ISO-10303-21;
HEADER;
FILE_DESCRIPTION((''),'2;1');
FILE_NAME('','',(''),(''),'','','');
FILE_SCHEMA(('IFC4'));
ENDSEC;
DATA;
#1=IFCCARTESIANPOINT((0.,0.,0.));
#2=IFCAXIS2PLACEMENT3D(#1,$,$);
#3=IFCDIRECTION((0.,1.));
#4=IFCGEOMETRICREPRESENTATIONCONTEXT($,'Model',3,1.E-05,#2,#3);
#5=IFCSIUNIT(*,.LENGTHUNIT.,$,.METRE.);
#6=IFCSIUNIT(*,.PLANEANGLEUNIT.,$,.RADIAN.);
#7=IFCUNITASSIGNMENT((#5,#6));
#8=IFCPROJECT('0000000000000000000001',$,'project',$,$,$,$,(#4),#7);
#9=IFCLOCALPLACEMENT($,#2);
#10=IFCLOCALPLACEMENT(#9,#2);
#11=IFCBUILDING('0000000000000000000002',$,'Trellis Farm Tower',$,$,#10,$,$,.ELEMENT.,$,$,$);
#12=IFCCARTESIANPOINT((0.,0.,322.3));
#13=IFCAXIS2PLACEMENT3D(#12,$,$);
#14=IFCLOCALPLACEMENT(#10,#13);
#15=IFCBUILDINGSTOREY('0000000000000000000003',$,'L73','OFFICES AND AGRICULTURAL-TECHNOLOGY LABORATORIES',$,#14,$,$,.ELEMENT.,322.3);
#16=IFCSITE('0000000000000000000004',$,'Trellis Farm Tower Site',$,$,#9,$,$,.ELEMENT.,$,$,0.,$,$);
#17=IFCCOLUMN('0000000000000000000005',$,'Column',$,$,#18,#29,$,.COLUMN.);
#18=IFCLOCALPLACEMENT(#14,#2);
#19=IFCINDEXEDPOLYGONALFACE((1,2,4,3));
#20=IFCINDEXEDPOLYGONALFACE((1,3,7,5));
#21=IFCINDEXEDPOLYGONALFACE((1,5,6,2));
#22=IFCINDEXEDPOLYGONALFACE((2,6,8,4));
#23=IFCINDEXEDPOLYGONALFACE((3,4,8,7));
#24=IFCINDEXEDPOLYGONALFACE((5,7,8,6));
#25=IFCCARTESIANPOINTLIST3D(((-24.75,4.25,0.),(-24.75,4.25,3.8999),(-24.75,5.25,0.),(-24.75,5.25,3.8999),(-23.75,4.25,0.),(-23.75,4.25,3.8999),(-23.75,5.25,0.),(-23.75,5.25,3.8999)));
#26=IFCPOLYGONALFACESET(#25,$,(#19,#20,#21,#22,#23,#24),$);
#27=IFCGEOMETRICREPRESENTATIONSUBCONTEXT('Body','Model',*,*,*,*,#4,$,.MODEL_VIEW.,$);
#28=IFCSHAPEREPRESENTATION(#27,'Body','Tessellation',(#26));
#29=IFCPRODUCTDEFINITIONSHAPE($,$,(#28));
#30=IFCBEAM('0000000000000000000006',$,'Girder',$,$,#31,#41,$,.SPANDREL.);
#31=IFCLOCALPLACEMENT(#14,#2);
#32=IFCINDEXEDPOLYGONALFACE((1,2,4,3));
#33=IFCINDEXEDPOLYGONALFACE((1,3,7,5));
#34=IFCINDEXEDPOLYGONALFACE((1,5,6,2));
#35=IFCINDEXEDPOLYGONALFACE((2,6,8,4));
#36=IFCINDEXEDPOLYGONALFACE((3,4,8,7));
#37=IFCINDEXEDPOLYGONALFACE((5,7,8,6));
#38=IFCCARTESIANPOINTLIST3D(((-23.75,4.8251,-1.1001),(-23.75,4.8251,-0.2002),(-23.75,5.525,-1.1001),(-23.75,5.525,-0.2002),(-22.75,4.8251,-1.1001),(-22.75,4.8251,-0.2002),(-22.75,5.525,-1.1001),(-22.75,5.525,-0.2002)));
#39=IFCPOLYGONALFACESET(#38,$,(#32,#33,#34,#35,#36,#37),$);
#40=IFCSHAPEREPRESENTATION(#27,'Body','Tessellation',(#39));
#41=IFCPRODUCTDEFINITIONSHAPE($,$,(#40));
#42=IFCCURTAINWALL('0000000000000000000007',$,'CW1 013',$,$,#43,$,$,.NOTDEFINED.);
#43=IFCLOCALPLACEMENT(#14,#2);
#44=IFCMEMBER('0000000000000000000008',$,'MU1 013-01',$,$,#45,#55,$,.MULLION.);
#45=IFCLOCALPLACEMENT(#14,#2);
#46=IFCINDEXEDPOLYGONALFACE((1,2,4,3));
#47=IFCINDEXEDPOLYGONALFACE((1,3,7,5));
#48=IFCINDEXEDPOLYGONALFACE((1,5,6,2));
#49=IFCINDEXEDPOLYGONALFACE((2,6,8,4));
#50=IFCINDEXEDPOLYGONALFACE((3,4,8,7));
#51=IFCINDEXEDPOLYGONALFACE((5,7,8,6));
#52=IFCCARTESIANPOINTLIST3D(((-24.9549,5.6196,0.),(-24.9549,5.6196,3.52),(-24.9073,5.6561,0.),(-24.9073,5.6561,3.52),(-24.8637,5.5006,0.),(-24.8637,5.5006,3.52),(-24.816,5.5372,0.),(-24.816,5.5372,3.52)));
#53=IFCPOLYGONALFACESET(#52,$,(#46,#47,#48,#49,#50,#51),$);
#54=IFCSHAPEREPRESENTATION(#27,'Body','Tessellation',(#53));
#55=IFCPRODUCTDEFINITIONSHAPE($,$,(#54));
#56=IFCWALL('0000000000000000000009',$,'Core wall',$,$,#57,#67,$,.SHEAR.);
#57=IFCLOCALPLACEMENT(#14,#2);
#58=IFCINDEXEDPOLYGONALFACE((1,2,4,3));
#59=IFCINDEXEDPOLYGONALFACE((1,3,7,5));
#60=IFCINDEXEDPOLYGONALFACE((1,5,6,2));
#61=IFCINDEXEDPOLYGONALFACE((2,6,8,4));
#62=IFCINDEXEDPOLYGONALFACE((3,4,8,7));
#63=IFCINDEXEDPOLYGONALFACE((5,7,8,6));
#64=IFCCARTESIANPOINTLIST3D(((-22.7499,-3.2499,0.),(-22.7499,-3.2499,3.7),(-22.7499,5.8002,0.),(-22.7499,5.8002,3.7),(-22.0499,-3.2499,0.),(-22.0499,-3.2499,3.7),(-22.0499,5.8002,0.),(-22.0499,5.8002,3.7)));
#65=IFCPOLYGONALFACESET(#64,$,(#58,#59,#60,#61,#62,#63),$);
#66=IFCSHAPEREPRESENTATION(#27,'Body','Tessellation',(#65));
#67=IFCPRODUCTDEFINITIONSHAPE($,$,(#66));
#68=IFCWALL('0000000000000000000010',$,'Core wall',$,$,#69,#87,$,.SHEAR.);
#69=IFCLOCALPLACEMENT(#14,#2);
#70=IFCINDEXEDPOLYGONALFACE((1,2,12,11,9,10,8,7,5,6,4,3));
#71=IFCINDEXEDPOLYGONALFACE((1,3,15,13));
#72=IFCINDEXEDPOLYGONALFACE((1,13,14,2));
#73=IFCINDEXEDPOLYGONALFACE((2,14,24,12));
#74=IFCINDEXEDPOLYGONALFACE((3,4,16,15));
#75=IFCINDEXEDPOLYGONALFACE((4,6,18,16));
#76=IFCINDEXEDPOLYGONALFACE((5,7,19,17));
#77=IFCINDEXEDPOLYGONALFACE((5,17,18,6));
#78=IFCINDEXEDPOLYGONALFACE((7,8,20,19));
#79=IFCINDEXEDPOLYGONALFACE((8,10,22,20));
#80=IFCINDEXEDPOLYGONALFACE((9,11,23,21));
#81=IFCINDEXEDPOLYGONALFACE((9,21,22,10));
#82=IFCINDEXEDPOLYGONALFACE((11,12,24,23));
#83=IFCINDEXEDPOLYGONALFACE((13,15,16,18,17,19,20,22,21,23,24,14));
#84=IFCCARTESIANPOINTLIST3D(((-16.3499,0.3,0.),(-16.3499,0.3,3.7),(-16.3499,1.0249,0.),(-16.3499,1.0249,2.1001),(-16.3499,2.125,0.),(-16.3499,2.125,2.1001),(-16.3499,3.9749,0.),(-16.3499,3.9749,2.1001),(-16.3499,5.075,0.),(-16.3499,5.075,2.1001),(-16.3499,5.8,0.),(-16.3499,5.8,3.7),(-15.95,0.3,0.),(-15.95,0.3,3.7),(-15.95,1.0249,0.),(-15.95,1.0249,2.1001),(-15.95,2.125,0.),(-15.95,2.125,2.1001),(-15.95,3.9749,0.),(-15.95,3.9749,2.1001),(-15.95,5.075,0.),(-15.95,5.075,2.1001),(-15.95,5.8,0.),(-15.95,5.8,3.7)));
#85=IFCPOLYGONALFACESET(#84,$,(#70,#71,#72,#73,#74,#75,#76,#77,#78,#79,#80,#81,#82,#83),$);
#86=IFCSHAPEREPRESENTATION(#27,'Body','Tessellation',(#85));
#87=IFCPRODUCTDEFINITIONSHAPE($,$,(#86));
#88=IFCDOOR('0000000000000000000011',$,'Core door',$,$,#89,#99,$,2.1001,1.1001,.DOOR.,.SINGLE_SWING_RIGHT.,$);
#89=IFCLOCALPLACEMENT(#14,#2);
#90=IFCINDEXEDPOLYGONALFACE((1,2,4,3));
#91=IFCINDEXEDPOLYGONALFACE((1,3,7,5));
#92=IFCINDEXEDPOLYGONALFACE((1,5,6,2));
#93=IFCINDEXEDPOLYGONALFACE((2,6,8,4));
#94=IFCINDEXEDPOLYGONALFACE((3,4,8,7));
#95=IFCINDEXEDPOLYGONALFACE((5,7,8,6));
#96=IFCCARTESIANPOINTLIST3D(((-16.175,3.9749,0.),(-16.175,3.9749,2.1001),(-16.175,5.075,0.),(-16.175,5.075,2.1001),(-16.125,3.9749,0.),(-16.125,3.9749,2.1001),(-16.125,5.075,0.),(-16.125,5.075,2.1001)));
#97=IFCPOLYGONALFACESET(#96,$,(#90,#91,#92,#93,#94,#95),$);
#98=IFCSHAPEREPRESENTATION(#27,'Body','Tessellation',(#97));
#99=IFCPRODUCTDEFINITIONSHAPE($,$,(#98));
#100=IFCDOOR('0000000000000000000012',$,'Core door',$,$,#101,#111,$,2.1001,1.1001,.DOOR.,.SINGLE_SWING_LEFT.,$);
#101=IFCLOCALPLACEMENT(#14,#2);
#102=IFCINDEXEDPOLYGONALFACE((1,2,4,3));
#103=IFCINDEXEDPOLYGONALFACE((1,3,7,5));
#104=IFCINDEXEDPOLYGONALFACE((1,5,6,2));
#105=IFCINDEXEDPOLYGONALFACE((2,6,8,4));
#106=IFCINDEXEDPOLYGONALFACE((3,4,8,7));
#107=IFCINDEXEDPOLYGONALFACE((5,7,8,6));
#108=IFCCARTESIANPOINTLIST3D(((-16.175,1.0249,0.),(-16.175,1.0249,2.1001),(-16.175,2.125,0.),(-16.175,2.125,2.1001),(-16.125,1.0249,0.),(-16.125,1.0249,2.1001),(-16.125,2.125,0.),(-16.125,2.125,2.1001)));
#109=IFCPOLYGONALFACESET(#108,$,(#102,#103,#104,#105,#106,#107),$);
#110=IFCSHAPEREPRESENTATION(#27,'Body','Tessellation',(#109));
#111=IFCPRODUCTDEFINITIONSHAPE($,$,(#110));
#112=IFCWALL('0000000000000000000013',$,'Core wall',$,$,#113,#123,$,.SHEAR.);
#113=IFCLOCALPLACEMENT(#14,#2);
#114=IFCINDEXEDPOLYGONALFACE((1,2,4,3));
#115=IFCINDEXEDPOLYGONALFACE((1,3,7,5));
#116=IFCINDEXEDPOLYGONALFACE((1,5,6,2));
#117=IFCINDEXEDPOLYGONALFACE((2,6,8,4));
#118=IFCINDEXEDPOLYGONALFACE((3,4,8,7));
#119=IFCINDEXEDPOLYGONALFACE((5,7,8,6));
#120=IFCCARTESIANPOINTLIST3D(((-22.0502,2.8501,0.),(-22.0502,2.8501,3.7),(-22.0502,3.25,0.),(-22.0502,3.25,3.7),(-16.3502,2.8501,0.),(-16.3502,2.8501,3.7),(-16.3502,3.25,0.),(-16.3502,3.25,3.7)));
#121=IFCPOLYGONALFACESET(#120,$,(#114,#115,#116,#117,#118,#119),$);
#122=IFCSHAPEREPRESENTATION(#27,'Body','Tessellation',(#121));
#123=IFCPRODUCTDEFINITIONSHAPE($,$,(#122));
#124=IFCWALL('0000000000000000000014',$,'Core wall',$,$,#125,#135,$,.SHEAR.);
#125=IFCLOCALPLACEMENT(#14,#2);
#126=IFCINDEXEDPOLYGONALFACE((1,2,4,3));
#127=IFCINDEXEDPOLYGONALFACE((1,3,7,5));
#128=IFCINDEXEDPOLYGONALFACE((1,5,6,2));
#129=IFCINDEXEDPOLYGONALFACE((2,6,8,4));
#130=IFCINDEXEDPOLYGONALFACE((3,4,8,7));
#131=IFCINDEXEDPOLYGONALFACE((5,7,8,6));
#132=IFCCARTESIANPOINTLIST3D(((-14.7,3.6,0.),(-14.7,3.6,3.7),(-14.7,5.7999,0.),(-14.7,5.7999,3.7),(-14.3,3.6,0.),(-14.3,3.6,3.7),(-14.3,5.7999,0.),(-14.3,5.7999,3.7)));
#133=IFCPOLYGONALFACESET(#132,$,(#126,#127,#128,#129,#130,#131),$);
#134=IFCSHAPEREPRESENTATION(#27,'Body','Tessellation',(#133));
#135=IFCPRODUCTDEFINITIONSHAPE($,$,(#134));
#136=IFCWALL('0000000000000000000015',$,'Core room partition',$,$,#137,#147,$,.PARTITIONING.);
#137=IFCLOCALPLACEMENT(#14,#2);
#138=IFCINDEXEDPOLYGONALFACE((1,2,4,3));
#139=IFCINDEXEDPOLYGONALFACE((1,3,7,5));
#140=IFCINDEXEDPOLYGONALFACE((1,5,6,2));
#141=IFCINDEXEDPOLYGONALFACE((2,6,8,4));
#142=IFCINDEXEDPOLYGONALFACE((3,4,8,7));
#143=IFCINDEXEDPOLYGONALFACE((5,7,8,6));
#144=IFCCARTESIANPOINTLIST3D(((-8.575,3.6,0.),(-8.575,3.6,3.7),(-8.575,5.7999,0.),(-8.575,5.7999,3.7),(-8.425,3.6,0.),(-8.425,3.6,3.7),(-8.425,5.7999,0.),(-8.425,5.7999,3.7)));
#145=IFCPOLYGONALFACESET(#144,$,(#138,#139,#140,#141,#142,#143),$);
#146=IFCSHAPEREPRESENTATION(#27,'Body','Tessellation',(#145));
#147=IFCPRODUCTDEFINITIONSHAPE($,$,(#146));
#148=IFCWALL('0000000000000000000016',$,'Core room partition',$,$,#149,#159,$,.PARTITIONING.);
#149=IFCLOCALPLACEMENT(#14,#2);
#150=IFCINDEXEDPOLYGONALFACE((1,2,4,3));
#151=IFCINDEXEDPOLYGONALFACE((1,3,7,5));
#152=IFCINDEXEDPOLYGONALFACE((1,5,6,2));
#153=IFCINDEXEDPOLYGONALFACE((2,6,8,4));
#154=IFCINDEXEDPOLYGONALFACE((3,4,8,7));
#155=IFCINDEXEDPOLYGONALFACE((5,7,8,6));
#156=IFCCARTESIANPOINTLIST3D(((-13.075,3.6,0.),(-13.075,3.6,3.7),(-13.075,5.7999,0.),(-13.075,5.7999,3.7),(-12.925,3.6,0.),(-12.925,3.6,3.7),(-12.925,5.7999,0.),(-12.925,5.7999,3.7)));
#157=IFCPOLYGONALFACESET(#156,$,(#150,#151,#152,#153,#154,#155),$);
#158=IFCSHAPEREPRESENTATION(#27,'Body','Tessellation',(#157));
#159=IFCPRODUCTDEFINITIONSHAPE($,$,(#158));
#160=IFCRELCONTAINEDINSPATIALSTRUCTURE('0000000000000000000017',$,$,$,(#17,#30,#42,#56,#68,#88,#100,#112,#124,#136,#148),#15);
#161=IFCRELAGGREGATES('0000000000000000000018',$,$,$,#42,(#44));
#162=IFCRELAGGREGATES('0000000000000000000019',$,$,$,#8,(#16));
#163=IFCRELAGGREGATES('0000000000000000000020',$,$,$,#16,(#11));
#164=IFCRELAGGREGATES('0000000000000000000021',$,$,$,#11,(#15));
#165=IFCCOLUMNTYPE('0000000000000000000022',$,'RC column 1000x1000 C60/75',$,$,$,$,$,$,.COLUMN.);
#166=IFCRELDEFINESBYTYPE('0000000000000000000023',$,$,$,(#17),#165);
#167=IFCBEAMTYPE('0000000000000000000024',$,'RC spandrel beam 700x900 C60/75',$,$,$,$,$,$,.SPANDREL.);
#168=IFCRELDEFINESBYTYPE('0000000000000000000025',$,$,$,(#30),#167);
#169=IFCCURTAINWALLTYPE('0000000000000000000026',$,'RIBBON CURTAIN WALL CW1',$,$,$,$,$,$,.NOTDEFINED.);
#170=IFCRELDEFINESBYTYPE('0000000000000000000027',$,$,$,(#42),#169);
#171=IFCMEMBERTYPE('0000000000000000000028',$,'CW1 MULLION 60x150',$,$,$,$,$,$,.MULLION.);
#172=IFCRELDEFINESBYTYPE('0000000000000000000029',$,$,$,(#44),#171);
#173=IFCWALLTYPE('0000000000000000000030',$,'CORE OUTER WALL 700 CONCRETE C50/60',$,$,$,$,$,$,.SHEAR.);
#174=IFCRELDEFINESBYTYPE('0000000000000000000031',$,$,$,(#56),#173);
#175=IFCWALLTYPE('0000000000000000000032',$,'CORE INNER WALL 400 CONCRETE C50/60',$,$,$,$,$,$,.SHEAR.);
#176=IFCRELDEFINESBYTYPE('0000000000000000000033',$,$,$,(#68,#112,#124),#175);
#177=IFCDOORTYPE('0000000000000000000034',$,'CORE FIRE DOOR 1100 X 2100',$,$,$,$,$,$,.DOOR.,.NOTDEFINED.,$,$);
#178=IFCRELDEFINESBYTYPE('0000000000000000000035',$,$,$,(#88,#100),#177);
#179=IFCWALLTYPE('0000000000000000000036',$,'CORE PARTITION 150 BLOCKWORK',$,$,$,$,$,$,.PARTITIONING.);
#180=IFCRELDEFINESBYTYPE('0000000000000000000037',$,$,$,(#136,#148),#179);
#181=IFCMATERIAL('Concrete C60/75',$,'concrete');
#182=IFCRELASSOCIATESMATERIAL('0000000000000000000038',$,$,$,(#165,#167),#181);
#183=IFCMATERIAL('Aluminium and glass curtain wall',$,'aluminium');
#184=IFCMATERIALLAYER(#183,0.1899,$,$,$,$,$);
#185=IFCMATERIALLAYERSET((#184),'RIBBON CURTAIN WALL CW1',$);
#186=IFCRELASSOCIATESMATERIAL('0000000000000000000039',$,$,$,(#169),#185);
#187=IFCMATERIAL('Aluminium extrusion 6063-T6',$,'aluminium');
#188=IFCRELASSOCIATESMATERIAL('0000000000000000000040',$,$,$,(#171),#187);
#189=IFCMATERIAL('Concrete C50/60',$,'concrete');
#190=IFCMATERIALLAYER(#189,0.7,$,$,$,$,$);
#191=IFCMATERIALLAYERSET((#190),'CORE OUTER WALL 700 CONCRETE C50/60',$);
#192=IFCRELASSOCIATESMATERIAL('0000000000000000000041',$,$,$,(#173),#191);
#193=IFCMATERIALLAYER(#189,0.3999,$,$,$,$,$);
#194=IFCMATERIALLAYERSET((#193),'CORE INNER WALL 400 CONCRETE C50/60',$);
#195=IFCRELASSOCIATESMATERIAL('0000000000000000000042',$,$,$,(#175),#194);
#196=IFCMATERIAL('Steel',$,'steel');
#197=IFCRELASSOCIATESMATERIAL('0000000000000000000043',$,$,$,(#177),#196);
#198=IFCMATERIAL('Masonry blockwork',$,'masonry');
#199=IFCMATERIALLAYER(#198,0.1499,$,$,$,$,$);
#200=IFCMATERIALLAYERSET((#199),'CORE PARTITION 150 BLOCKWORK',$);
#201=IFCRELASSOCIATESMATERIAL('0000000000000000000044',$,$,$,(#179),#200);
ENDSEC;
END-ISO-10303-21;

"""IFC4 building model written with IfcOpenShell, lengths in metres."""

from ifc_helpers import new_model, si_unit, direction, frame, frame_2d, origin, origin_2d, place, context, subcontext, project, spatial, rectangle, extrude, source, transform, mapped, material, layer, layer_set, material_profile, profile_set, type_object, element, fill, aggregate, save


model = new_model("IFC4")

# Units and contexts
model_context = context("Model", 3, precision=1e-05, world=origin(), true_north=direction((0.0, 1.0)))
body_context = subcontext(model_context, "Body", "Model", "MODEL_VIEW")
ifc_project = project(units=[si_unit("LENGTHUNIT", "METRE"), si_unit("PLANEANGLEUNIT", "RADIAN")], contexts=[model_context])

# Site, building, storey
site_placement = place(None, origin())
site = spatial("IfcSite", under=ifc_project, at=site_placement, Name="Trellis Farm Tower Site", CompositionType="ELEMENT", RefElevation=0.0)
building_placement = place(site_placement, origin())
building = spatial("IfcBuilding", under=site, at=building_placement, Name="Trellis Farm Tower", CompositionType="ELEMENT")
storey_placement = place(building_placement, frame((0.0, 0.0, 322.3)))
storey = spatial("IfcBuildingStorey", under=building, at=storey_placement, Name="L73", Description="OFFICES AND AGRICULTURAL-TECHNOLOGY LABORATORIES", CompositionType="ELEMENT", Elevation=322.3)

# Column
ifc_material_1 = material(Name="Concrete C60/75", Category="concrete")
ifc_material_profile_1 = material_profile(ifc_material_1, rectangle(XDim=1.0, YDim=1.0, at=origin_2d()), Name="RC column 1000x1000 C60/75")
ifc_profile_set_1 = profile_set([ifc_material_profile_1], Name="Concrete C60/75")
column_type = type_object("IfcColumnType", Name="RC column 1000x1000 C60/75", PredefinedType="COLUMN", material=ifc_profile_set_1)
shared_shape_1 = source(origin(), body_context, "Body", "SweptSolid", [
    extrude(rectangle(XDim=1.0, YDim=1.0, at=origin_2d()), origin(), (0.0, 0.0, 1.0), 3.8999),
])
column_placement = place(storey_placement, frame((-24.25, 4.75, 0.0), z_axis=(0.0, 0.0, 1.0), x_axis=(1.0, 0.0, 0.0)))
element("IfcColumn", 1, at=column_placement, inside=storey, type_object=column_type, Name="Column", PredefinedType="COLUMN", context=body_context, shape_type="MappedRepresentation", body=[
    mapped(shared_shape_1, transform((0.0, 0.0, 0.0))),
])

# Beam
ifc_material_profile_2 = material_profile(ifc_material_1, rectangle(XDim=0.7, YDim=0.8999, at=origin_2d()), Name="RC spandrel beam 700x900 C60/75")
ifc_profile_set_2 = profile_set([ifc_material_profile_2], Name="Concrete C60/75")
beam_type = type_object("IfcBeamType", Name="RC spandrel beam 700x900 C60/75", PredefinedType="SPANDREL", material=ifc_profile_set_2)
shared_shape_2 = source(origin(), body_context, "Body", "SweptSolid", [
    extrude(rectangle(XDim=0.7, YDim=0.8999, at=origin_2d()), origin(), (0.0, 0.0, 1.0), 1.0),
])
beam_placement = place(storey_placement, frame((-23.75, 5.175, -0.6501), z_axis=(1.0, 0.0, 0.0), x_axis=(0.0, 1.0, 0.0)))
element("IfcBeam", 2, at=beam_placement, inside=storey, type_object=beam_type, Name="Girder", PredefinedType="SPANDREL", context=body_context, shape_type="MappedRepresentation", body=[
    mapped(shared_shape_2, transform((0.0, 0.0, 0.0))),
])

# Curtain wall, member
ifc_material_2 = material(Name="Aluminium and glass curtain wall", Category="aluminium")
ifc_layer_1 = layer(ifc_material_2, 0.1899)
ifc_layer_set_1 = layer_set([ifc_layer_1], Name="RIBBON CURTAIN WALL CW1")
curtain_wall_type = type_object("IfcCurtainWallType", Name="RIBBON CURTAIN WALL CW1", PredefinedType="NOTDEFINED", material=ifc_layer_set_1)
placement = place(storey_placement, origin())
curtain_wall = element("IfcCurtainWall", 3, at=placement, inside=storey, type_object=curtain_wall_type, Name="CW1 013", PredefinedType="NOTDEFINED")
ifc_material_3 = material(Name="Aluminium extrusion 6063-T6", Category="aluminium")
ifc_material_profile_3 = material_profile(ifc_material_3, rectangle(XDim=0.0601, YDim=0.1499, at=origin_2d()), Name="MULLION 60x150")
ifc_profile_set_3 = profile_set([ifc_material_profile_3], Name="Aluminium extrusion 6063-T6")
member_type = type_object("IfcMemberType", Name="CW1 MULLION 60x150", PredefinedType="MULLION", material=ifc_profile_set_3)
shared_shape_3 = source(origin(), body_context, "Body", "SweptSolid", [
    extrude(rectangle(XDim=0.0601, YDim=0.1499, at=origin_2d()), origin(), (0.0, 0.0, 1.0), 3.52),
])
member_placement = place(storey_placement, frame((-24.8855, 5.5784, 0.0), z_axis=(0.0, 0.0, 1.0), x_axis=(-0.793353, -0.608761, 0.0)))
member = element("IfcMember", 4, at=member_placement, type_object=member_type, Name="MU1 013-01", PredefinedType="MULLION", context=body_context, shape_type="MappedRepresentation", body=[
    mapped(shared_shape_3, transform((0.0, 0.0, 0.0))),
])
aggregate(curtain_wall, [member])

# Wall
ifc_material_4 = material(Name="Concrete C50/60", Category="concrete")
ifc_layer_2 = layer(ifc_material_4, 0.7)
ifc_layer_set_2 = layer_set([ifc_layer_2], Name="CORE OUTER WALL 700 CONCRETE C50/60")
wall_type_1 = type_object("IfcWallType", Name="CORE OUTER WALL 700 CONCRETE C50/60", PredefinedType="SHEAR", material=ifc_layer_set_2)
shared_shape_4 = source(origin(), body_context, "Body", "SweptSolid", [
    extrude(rectangle(XDim=9.05, YDim=0.7, at=frame_2d((4.5249, 0.0))), origin(), (0.0, 0.0, 1.0), 3.7),
])
wall_1_placement = place(storey_placement, frame((-22.3999, 5.8, 0.0), z_axis=(0.0, 0.0, 1.0), x_axis=(0.0, -1.0, 0.0)))
element("IfcWall", 5, at=wall_1_placement, inside=storey, type_object=wall_type_1, Name="Core wall", PredefinedType="SHEAR", context=body_context, shape_type="MappedRepresentation", body=[
    mapped(shared_shape_4, transform((0.0, 0.0, 0.0))),
])

# Wall, openings, doors
ifc_layer_3 = layer(ifc_material_4, 0.3999)
ifc_layer_set_3 = layer_set([ifc_layer_3], Name="CORE INNER WALL 400 CONCRETE C50/60")
wall_type_2 = type_object("IfcWallType", Name="CORE INNER WALL 400 CONCRETE C50/60", PredefinedType="SHEAR", material=ifc_layer_set_3)
shared_shape_5 = source(origin(), body_context, "Body", "SweptSolid", [
    extrude(rectangle(XDim=5.5, YDim=0.3999, at=frame_2d((2.75, 0.0))), origin(), (0.0, 0.0, 1.0), 3.7),
])
wall_2_placement = place(storey_placement, frame((-16.1499, 5.8, 0.0), z_axis=(0.0, 0.0, 1.0), x_axis=(0.0, -1.0, 0.0)))
wall_2 = element("IfcWall", 6, at=wall_2_placement, inside=storey, type_object=wall_type_2, Name="Core wall", PredefinedType="SHEAR", context=body_context, shape_type="MappedRepresentation", body=[
    mapped(shared_shape_5, transform((0.0, 0.0, 0.0))),
])
shared_shape_6 = source(origin(), body_context, "Body", "SweptSolid", [
    extrude(rectangle(XDim=1.1001, YDim=2.1001, at=frame_2d((0.55, 1.05))), frame((0.0, 0.21, 0.0), z_axis=(0.0, -1.0, 0.0), x_axis=(1.0, 0.0, 0.0)), (0.0, 0.0, 1.0), 0.4199),
])
opening_1_placement = place(wall_2_placement, frame((0.7251, 0.0, 0.0)))
opening_1 = element("IfcOpeningElement", 7, at=opening_1_placement, cuts=wall_2, PredefinedType="OPENING", context=body_context, shape_type="MappedRepresentation", body=[
    mapped(shared_shape_6, transform((0.0, 0.0, 0.0))),
])
opening_2_placement = place(wall_2_placement, frame((3.675, 0.0, 0.0)))
opening_2 = element("IfcOpeningElement", 8, at=opening_2_placement, cuts=wall_2, PredefinedType="OPENING", context=body_context, shape_type="MappedRepresentation", body=[
    mapped(shared_shape_6, transform((0.0, 0.0, 0.0))),
])
ifc_material_5 = material(Name="Steel", Category="steel")
door_type = type_object("IfcDoorType", Name="CORE FIRE DOOR 1100 X 2100", OperationType="NOTDEFINED", PredefinedType="DOOR", material=ifc_material_5)
shared_shape_7 = source(origin(), body_context, "Body", "SweptSolid", [
    extrude(rectangle(XDim=1.1001, YDim=2.1001, at=frame_2d((0.55, 1.05))), frame((0.0, 0.0249, 0.0), z_axis=(0.0, -1.0, 0.0), x_axis=(1.0, 0.0, 0.0)), (0.0, 0.0, 1.0), 0.05),
])
door_1_placement = place(opening_1_placement, origin())
door_1 = element("IfcDoor", 9, at=door_1_placement, inside=storey, type_object=door_type, Name="Core door", OperationType="SINGLE_SWING_RIGHT", OverallHeight=2.1001, OverallWidth=1.1001, PredefinedType="DOOR", context=body_context, shape_type="MappedRepresentation", body=[
    mapped(shared_shape_7, transform((0.0, 0.0, 0.0))),
])
fill(opening_1, door_1)
door_2_placement = place(opening_2_placement, origin())
door_2 = element("IfcDoor", 10, at=door_2_placement, inside=storey, type_object=door_type, Name="Core door", OperationType="SINGLE_SWING_LEFT", OverallHeight=2.1001, OverallWidth=1.1001, PredefinedType="DOOR", context=body_context, shape_type="MappedRepresentation", body=[
    mapped(shared_shape_7, transform((0.0, 0.0, 0.0))),
])
fill(opening_2, door_2)

# Walls
shared_shape_8 = source(origin(), body_context, "Body", "SweptSolid", [
    extrude(rectangle(XDim=5.7, YDim=0.3999, at=frame_2d((2.8501, 0.0))), origin(), (0.0, 0.0, 1.0), 3.7),
])
wall_3_placement = place(storey_placement, frame((-16.3501, 3.05, 0.0), z_axis=(0.0, 0.0, 1.0), x_axis=(-1.0, 0.0, 0.0)))
element("IfcWall", 11, at=wall_3_placement, inside=storey, type_object=wall_type_2, Name="Core wall", PredefinedType="SHEAR", context=body_context, shape_type="MappedRepresentation", body=[
    mapped(shared_shape_8, transform((0.0, 0.0, 0.0))),
])
shared_shape_9 = source(origin(), body_context, "Body", "SweptSolid", [
    extrude(rectangle(XDim=2.2, YDim=0.3999, at=frame_2d((1.1001, 0.0))), origin(), (0.0, 0.0, 1.0), 3.7),
])
wall_4_placement = place(storey_placement, frame((-14.5, 5.8, 0.0), z_axis=(0.0, 0.0, 1.0), x_axis=(0.0, -1.0, 0.0)))
element("IfcWall", 12, at=wall_4_placement, inside=storey, type_object=wall_type_2, Name="Core wall", PredefinedType="SHEAR", context=body_context, shape_type="MappedRepresentation", body=[
    mapped(shared_shape_9, transform((0.0, 0.0, 0.0))),
])
ifc_material_6 = material(Name="Masonry blockwork", Category="masonry")
ifc_layer_4 = layer(ifc_material_6, 0.1499)
ifc_layer_set_4 = layer_set([ifc_layer_4], Name="CORE PARTITION 150 BLOCKWORK")
wall_type_3 = type_object("IfcWallType", Name="CORE PARTITION 150 BLOCKWORK", PredefinedType="PARTITIONING", material=ifc_layer_set_4)
shared_shape_10 = source(origin(), body_context, "Body", "SweptSolid", [
    extrude(rectangle(XDim=2.2, YDim=0.1499, at=frame_2d((1.1001, 0.0))), origin(), (0.0, 0.0, 1.0), 3.7),
])
for number, where, z_axis, x_axis, name in (
    (13, (-8.5, 5.8, 0.0), (0.0, 0.0, 1.0), (0.0, -1.0, 0.0), "Core room partition"),
    (14, (-13.0, 5.8, 0.0), (0.0, 0.0, 1.0), (0.0, -1.0, 0.0), "Core room partition"),
):
    element("IfcWall", number, at=place(storey_placement, frame(where, z_axis=z_axis, x_axis=x_axis)), inside=storey, type_object=wall_type_3, Name=name, PredefinedType="PARTITIONING", context=body_context, shape_type="MappedRepresentation", body=[
        mapped(shared_shape_10, transform((0.0, 0.0, 0.0))),
    ])

save(model, "model.ifc")
